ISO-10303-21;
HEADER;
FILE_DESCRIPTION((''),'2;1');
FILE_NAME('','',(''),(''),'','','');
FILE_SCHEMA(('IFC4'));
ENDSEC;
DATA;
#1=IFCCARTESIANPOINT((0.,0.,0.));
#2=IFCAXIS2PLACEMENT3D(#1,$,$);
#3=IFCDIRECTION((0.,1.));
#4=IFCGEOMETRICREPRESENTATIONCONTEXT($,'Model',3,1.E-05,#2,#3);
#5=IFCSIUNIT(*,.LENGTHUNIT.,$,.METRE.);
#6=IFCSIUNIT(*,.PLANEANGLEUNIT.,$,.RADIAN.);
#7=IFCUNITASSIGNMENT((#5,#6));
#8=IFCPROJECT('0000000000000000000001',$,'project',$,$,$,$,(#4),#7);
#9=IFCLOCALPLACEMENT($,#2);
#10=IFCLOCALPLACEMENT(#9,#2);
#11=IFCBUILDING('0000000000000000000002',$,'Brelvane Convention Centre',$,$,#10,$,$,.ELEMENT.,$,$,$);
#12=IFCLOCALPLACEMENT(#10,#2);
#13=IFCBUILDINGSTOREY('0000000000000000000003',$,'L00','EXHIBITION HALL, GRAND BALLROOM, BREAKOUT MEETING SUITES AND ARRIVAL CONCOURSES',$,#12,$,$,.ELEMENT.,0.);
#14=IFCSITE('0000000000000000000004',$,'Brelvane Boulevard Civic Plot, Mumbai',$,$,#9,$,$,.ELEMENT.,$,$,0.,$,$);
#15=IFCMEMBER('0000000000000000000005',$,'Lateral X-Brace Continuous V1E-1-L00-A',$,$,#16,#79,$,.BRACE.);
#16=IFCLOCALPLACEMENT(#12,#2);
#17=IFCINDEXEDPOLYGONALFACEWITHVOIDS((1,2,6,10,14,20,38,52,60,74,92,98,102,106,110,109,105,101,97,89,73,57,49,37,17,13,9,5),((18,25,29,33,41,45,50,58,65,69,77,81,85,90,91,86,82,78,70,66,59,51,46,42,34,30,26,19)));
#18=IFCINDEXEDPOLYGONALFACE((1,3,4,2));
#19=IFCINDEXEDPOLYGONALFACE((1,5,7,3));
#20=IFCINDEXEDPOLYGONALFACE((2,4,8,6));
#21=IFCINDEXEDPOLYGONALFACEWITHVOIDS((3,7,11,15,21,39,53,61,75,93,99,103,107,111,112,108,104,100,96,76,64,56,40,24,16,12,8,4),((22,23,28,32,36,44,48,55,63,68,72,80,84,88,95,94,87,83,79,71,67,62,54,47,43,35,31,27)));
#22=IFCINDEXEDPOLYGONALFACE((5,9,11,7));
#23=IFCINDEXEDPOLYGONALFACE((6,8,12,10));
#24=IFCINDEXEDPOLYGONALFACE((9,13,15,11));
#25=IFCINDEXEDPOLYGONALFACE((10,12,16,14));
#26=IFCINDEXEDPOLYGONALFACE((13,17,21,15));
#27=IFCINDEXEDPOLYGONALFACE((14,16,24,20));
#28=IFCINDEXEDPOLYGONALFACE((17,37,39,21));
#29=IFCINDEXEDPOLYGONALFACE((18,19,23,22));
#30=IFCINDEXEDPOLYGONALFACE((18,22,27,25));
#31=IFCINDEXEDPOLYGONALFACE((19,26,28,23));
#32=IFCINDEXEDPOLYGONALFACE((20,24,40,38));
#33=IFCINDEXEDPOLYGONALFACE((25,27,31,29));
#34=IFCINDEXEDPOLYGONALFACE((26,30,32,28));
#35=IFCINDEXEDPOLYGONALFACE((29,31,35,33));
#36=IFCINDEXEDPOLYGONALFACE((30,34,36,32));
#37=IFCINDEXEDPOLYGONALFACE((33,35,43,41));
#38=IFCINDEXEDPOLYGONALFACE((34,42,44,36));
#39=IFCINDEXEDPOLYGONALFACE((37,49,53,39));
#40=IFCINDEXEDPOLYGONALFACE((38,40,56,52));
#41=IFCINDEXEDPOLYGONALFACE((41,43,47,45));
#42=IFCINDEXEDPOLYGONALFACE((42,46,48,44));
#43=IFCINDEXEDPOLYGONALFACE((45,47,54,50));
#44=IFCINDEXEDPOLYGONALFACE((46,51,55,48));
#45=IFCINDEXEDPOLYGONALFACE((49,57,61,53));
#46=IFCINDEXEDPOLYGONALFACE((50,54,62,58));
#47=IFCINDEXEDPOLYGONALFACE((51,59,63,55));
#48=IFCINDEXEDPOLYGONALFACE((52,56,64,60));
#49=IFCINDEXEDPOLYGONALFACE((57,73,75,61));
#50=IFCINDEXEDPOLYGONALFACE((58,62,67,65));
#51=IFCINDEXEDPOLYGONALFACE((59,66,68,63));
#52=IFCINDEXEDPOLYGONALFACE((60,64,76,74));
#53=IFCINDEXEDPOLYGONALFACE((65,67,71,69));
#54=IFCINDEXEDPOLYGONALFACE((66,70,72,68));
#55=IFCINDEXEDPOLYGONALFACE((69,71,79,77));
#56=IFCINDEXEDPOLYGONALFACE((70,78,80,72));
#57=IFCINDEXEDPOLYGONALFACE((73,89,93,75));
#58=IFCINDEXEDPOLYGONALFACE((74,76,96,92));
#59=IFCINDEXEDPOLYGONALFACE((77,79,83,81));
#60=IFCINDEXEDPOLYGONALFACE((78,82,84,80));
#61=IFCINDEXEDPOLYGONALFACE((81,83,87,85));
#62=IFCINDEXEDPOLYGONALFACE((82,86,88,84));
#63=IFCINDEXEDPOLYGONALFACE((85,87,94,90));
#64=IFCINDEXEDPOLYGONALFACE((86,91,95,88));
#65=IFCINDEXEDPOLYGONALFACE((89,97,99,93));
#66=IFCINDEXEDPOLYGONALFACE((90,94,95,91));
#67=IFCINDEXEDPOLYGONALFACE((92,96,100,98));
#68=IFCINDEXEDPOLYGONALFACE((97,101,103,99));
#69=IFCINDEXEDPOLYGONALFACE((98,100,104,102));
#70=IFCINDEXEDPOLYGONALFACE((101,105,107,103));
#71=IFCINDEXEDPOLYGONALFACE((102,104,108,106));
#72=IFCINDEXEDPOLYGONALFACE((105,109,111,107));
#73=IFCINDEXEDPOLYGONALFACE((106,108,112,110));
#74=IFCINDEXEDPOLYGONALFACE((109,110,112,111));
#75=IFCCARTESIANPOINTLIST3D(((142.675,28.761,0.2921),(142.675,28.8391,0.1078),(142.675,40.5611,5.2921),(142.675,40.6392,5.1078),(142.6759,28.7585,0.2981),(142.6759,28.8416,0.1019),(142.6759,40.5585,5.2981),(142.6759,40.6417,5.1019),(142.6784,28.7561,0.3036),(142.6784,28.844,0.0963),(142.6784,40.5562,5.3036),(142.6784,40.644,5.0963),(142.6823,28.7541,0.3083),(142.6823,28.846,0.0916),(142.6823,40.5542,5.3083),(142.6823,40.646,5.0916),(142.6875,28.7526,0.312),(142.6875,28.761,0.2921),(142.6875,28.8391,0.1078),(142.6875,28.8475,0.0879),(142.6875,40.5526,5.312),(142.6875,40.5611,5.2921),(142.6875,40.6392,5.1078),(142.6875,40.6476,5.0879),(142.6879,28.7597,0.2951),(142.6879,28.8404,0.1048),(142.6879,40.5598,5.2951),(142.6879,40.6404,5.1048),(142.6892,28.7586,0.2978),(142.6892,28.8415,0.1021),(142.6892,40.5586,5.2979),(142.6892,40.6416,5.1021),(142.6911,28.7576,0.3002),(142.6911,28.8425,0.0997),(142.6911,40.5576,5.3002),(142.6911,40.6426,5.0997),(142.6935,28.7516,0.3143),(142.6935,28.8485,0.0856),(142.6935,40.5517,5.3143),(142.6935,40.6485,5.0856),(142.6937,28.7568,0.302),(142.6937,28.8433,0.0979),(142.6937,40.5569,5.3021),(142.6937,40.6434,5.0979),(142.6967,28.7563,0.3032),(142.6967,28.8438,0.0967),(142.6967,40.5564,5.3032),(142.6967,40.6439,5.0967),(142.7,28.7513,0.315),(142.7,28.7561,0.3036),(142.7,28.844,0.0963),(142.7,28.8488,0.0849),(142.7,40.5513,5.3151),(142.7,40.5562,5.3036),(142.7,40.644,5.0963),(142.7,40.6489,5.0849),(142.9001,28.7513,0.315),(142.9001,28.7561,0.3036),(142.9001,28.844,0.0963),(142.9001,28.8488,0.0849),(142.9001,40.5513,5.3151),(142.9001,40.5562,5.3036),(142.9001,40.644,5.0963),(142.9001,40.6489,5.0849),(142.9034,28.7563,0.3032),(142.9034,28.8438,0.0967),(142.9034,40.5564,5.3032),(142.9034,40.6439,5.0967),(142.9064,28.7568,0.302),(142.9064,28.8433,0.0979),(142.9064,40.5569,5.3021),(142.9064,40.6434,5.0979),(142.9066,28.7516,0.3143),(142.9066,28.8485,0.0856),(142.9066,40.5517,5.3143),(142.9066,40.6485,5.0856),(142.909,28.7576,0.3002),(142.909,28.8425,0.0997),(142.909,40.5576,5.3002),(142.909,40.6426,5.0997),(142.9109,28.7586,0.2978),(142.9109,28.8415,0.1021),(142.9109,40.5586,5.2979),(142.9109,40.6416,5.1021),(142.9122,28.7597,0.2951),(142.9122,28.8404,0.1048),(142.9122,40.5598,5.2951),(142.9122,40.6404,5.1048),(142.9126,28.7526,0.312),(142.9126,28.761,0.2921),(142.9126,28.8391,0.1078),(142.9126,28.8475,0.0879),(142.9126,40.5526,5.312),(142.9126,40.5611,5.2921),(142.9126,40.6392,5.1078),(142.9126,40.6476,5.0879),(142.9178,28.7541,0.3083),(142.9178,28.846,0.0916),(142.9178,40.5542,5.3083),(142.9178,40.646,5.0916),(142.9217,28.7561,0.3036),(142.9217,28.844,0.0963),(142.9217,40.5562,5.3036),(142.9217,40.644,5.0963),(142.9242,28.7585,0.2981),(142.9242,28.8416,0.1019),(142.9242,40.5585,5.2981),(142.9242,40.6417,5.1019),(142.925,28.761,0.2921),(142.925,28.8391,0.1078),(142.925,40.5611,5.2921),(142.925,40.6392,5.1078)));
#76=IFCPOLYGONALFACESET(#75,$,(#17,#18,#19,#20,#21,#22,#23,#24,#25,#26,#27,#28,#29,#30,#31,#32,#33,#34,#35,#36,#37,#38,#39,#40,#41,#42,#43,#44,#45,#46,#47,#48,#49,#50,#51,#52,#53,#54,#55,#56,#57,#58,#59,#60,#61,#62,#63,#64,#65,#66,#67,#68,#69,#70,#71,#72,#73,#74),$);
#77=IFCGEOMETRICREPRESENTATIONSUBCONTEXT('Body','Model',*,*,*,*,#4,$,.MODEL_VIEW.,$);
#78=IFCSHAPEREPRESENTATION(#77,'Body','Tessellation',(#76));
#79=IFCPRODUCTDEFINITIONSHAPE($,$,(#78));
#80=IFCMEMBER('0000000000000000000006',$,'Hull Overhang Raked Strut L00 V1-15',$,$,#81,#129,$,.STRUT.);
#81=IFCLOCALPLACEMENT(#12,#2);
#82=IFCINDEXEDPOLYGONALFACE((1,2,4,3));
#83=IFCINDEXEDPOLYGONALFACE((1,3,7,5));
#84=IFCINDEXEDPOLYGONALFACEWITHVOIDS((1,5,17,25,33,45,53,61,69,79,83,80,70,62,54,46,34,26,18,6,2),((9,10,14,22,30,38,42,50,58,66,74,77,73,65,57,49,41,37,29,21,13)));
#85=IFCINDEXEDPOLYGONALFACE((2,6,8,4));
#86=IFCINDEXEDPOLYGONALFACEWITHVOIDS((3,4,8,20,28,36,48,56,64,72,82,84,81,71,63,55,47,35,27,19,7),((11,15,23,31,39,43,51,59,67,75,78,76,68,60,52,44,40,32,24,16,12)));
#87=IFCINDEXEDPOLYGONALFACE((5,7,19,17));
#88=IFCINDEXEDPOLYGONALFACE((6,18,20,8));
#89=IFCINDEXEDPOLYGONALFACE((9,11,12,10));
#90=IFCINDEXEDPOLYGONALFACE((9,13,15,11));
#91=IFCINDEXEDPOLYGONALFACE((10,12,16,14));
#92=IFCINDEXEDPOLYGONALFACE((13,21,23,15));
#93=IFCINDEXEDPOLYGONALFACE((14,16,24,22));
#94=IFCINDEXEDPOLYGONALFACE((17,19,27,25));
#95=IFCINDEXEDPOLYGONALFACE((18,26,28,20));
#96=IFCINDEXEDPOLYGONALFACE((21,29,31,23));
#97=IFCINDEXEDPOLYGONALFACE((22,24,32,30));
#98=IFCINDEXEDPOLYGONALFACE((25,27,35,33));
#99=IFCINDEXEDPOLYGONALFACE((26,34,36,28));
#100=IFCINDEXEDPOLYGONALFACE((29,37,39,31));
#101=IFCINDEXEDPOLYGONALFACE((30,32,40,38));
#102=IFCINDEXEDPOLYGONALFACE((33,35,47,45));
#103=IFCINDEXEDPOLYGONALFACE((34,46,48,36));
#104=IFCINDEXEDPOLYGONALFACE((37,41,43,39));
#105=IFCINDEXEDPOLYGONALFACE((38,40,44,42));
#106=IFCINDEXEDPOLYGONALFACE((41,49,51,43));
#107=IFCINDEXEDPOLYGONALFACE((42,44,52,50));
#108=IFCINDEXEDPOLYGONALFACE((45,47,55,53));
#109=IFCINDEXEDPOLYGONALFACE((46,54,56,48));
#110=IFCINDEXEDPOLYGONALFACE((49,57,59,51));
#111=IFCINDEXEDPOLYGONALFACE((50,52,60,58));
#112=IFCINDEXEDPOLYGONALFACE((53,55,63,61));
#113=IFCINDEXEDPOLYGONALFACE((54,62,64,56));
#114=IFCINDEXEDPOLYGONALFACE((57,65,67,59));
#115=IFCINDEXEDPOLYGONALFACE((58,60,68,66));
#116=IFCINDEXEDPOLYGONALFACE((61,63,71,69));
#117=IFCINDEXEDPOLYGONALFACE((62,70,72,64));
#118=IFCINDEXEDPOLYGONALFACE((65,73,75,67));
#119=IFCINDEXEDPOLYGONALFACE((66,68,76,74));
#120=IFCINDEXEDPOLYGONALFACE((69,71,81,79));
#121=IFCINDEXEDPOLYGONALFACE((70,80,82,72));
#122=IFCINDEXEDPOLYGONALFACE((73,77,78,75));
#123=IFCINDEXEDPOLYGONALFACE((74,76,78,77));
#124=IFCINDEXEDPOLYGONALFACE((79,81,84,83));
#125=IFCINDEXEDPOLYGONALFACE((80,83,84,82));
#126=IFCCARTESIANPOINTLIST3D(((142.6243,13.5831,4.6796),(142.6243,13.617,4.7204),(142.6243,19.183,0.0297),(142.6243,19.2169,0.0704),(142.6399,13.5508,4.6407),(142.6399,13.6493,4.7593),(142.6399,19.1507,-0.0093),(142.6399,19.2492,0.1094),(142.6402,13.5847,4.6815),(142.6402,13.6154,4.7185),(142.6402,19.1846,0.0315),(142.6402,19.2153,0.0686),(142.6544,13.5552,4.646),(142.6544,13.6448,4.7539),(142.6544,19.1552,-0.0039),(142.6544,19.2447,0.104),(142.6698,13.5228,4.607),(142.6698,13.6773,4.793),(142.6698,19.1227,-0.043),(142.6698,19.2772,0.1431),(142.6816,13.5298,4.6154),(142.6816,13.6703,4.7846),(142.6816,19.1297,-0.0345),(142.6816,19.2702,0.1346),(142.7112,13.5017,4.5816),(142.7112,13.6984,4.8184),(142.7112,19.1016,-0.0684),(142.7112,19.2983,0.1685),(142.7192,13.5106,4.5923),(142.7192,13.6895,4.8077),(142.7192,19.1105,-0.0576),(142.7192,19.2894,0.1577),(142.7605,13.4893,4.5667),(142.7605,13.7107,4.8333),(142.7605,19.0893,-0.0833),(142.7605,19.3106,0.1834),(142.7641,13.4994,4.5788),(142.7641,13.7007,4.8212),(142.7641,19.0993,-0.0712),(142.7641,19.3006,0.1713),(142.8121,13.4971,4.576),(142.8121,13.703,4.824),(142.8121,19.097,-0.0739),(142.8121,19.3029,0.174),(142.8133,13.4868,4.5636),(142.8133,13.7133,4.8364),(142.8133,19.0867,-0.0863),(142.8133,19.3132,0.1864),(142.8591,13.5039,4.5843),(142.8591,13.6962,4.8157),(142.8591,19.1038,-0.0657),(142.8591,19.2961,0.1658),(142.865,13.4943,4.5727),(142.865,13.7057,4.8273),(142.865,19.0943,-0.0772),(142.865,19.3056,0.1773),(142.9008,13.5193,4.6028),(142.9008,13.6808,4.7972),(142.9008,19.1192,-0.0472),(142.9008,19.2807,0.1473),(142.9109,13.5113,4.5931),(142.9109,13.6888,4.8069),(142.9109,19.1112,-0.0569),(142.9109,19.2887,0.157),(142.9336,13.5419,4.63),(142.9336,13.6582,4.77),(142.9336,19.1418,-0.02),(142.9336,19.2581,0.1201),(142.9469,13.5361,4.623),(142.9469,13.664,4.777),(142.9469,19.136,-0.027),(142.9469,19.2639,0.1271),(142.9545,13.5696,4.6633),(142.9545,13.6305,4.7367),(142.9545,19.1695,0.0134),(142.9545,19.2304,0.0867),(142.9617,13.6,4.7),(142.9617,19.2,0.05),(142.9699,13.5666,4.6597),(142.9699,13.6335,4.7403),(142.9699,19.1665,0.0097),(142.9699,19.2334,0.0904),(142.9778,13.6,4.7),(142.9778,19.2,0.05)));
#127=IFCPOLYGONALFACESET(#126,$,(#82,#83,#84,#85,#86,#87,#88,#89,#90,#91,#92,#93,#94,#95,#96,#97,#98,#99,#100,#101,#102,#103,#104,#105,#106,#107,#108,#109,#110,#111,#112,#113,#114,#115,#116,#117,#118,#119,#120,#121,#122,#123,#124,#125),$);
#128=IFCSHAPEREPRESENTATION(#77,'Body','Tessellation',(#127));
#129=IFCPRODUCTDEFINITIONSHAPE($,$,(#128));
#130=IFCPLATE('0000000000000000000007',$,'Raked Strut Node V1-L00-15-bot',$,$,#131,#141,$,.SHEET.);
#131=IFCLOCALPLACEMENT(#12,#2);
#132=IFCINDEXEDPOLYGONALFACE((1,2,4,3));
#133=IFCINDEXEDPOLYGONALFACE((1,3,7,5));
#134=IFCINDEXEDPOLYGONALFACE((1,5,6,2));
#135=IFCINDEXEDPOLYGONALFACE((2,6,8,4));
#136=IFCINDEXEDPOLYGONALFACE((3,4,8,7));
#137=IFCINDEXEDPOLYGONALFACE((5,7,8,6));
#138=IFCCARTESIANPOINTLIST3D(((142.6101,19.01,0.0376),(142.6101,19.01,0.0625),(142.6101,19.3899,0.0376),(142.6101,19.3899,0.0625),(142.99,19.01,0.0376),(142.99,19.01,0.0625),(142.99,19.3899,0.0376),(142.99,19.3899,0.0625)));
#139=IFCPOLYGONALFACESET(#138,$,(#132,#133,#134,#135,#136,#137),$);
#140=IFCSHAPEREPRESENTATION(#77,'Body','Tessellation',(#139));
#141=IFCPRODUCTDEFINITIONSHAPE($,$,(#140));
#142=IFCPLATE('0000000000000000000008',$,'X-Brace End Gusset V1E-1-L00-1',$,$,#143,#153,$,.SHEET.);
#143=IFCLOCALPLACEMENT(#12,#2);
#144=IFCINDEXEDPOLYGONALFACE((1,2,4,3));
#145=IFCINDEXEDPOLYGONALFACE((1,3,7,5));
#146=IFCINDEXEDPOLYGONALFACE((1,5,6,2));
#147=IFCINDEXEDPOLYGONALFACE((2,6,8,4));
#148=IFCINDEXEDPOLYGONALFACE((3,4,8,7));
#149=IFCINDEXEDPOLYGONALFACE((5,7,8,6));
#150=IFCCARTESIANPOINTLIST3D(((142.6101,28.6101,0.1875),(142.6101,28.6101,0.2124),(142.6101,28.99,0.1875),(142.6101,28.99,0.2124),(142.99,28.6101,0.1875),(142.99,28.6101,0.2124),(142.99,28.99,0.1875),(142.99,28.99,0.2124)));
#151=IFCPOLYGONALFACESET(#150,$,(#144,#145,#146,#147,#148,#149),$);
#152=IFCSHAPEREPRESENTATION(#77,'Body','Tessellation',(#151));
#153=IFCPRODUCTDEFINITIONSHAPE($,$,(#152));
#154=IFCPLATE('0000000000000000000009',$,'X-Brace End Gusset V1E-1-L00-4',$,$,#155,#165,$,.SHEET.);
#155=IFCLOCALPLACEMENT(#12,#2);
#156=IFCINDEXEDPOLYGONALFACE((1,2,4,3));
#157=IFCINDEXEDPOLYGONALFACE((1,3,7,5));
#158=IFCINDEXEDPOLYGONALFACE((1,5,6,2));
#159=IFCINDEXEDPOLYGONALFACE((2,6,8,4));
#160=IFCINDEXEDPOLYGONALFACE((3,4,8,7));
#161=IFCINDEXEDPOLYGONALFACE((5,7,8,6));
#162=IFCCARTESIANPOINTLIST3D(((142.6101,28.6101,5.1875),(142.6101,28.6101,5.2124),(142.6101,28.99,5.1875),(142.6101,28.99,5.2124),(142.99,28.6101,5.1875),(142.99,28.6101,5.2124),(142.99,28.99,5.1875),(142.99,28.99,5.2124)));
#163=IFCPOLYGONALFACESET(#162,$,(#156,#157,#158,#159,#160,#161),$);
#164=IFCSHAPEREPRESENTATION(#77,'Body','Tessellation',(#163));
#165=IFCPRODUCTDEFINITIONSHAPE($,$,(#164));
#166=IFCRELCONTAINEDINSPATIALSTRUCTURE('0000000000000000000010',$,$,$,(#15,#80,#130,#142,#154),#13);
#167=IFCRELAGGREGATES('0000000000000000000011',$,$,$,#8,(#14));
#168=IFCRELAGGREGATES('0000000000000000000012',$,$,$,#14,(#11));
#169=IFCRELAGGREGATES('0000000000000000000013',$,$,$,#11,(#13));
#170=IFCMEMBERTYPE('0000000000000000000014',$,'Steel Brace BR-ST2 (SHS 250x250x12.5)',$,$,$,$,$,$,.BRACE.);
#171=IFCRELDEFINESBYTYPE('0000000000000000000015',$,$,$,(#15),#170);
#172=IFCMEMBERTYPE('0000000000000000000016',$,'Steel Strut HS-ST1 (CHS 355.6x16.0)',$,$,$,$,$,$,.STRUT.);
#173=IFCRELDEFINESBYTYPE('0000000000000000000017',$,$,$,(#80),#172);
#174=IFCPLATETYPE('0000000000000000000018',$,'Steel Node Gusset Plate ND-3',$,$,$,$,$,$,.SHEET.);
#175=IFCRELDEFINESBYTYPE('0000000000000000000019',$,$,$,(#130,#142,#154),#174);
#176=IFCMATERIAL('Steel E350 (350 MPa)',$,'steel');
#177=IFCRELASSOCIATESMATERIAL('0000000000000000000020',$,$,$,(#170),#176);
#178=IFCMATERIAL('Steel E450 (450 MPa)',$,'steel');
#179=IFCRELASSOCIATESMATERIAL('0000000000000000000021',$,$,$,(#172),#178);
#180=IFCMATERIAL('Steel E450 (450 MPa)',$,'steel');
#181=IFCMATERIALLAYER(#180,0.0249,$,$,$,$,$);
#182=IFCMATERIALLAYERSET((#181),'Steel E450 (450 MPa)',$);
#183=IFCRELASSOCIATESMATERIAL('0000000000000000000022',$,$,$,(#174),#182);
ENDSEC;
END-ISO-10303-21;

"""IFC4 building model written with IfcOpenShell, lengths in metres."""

from ifc_helpers import new_model, si_unit, direction, frame, origin, origin_2d, place, context, subcontext, project, spatial, rectangle, hollow_rectangle, hollow_circle, extrude, material, layer, layer_set, material_profile, profile_set, type_object, element, save


model = new_model("IFC4")

# Units and contexts
model_context = context("Model", 3, precision=1e-05, world=origin(), true_north=direction((0.0, 1.0)))
body_context = subcontext(model_context, "Body", "Model", "MODEL_VIEW")
ifc_project = project(units=[si_unit("LENGTHUNIT", "METRE"), si_unit("PLANEANGLEUNIT", "RADIAN")], contexts=[model_context])

# Site, building, storey
site_placement = place(None, origin())
site = spatial("IfcSite", under=ifc_project, at=site_placement, Name="Brelvane Boulevard Civic Plot, Mumbai", CompositionType="ELEMENT", RefElevation=0.0)
building_placement = place(site_placement, origin())
building = spatial("IfcBuilding", under=site, at=building_placement, Name="Brelvane Convention Centre", CompositionType="ELEMENT")
storey_placement = place(building_placement, origin())
storey = spatial("IfcBuildingStorey", under=building, at=storey_placement, Name="L00", Description="EXHIBITION HALL, GRAND BALLROOM, BREAKOUT MEETING SUITES AND ARRIVAL CONCOURSES", CompositionType="ELEMENT", Elevation=0.0)

# Members
ifc_material_1 = material(Name="Steel E350 (350 MPa)", Category="steel")
ifc_material_profile_1 = material_profile(ifc_material_1, hollow_rectangle(XDim=0.25, YDim=0.25, WallThickness=0.0125, InnerFilletRadius=0.0125, OuterFilletRadius=0.0249, at=origin_2d()), Name="SHS 250x250x12.5")
ifc_profile_set_1 = profile_set([ifc_material_profile_1], Name="Steel E350 (350 MPa)")
member_type_1 = type_object("IfcMemberType", Name="Steel Brace BR-ST2 (SHS 250x250x12.5)", PredefinedType="BRACE", material=ifc_profile_set_1)
member_1_placement = place(storey_placement, frame((142.8, 28.8, 0.2), z_axis=(0.0, 0.920752, 0.390148), x_axis=(-1.0, 0.0, 0.0)))
element("IfcMember", 1, at=member_1_placement, inside=storey, type_object=member_type_1, Name="Lateral X-Brace Continuous V1E-1-L00-A", PredefinedType="BRACE", context=body_context, shape_type="SweptSolid", body=[
    extrude(hollow_rectangle(XDim=0.25, YDim=0.25, WallThickness=0.0125, InnerFilletRadius=0.0125, OuterFilletRadius=0.0249, at=origin_2d()), origin(), (0.0, 0.0, 1.0), 12.8157),
])
ifc_material_2 = material(Name="Steel E450 (450 MPa)", Category="steel")
ifc_material_profile_2 = material_profile(ifc_material_2, hollow_circle(Radius=0.1777, WallThickness=0.0161, at=origin_2d()), Name="CHS 355.6x16.0")
ifc_profile_set_2 = profile_set([ifc_material_profile_2], Name="Steel E450 (450 MPa)")
member_type_2 = type_object("IfcMemberType", Name="Steel Strut HS-ST1 (CHS 355.6x16.0)", PredefinedType="STRUT", material=ifc_profile_set_2)
member_2_placement = place(storey_placement, frame((142.8, 19.2, 0.05), z_axis=(0.0, -0.769345, 0.638834), x_axis=(1.0, 0.0, 0.0)))
element("IfcMember", 2, at=member_2_placement, inside=storey, type_object=member_type_2, Name="Hull Overhang Raked Strut L00 V1-15", PredefinedType="STRUT", context=body_context, shape_type="SweptSolid", body=[
    extrude(hollow_circle(Radius=0.1777, WallThickness=0.0161, at=origin_2d()), origin(), (0.0, 0.0, 1.0), 7.2788),
])

# Plates
ifc_material_3 = material(Name="Steel E450 (450 MPa)", Category="steel")
ifc_layer_1 = layer(ifc_material_3, 0.0249)
ifc_layer_set_1 = layer_set([ifc_layer_1], Name="Steel E450 (450 MPa)")
plate_type = type_object("IfcPlateType", Name="Steel Node Gusset Plate ND-3", PredefinedType="SHEET", material=ifc_layer_set_1)
for number, where, z_axis, x_axis, name in (
    (3, (142.8, 19.2, 0.0376), (0.0, 0.0, 1.0), (1.0, 0.0, 0.0), "Raked Strut Node V1-L00-15-bot"),
    (4, (142.8, 28.8, 0.1875), (0.0, 0.0, 1.0), (1.0, 0.0, 0.0), "X-Brace End Gusset V1E-1-L00-1"),
    (5, (142.8, 28.8, 5.1875), (0.0, 0.0, 1.0), (1.0, 0.0, 0.0), "X-Brace End Gusset V1E-1-L00-4"),
):
    element("IfcPlate", number, at=place(storey_placement, frame(where, z_axis=z_axis, x_axis=x_axis)), inside=storey, type_object=plate_type, Name=name, PredefinedType="SHEET", context=body_context, shape_type="SweptSolid", body=[
        extrude(rectangle(XDim=0.3799, YDim=0.3799, at=origin_2d()), origin(), (0.0, 0.0, 1.0), 0.0249),
    ])

save(model, "model.ifc")
